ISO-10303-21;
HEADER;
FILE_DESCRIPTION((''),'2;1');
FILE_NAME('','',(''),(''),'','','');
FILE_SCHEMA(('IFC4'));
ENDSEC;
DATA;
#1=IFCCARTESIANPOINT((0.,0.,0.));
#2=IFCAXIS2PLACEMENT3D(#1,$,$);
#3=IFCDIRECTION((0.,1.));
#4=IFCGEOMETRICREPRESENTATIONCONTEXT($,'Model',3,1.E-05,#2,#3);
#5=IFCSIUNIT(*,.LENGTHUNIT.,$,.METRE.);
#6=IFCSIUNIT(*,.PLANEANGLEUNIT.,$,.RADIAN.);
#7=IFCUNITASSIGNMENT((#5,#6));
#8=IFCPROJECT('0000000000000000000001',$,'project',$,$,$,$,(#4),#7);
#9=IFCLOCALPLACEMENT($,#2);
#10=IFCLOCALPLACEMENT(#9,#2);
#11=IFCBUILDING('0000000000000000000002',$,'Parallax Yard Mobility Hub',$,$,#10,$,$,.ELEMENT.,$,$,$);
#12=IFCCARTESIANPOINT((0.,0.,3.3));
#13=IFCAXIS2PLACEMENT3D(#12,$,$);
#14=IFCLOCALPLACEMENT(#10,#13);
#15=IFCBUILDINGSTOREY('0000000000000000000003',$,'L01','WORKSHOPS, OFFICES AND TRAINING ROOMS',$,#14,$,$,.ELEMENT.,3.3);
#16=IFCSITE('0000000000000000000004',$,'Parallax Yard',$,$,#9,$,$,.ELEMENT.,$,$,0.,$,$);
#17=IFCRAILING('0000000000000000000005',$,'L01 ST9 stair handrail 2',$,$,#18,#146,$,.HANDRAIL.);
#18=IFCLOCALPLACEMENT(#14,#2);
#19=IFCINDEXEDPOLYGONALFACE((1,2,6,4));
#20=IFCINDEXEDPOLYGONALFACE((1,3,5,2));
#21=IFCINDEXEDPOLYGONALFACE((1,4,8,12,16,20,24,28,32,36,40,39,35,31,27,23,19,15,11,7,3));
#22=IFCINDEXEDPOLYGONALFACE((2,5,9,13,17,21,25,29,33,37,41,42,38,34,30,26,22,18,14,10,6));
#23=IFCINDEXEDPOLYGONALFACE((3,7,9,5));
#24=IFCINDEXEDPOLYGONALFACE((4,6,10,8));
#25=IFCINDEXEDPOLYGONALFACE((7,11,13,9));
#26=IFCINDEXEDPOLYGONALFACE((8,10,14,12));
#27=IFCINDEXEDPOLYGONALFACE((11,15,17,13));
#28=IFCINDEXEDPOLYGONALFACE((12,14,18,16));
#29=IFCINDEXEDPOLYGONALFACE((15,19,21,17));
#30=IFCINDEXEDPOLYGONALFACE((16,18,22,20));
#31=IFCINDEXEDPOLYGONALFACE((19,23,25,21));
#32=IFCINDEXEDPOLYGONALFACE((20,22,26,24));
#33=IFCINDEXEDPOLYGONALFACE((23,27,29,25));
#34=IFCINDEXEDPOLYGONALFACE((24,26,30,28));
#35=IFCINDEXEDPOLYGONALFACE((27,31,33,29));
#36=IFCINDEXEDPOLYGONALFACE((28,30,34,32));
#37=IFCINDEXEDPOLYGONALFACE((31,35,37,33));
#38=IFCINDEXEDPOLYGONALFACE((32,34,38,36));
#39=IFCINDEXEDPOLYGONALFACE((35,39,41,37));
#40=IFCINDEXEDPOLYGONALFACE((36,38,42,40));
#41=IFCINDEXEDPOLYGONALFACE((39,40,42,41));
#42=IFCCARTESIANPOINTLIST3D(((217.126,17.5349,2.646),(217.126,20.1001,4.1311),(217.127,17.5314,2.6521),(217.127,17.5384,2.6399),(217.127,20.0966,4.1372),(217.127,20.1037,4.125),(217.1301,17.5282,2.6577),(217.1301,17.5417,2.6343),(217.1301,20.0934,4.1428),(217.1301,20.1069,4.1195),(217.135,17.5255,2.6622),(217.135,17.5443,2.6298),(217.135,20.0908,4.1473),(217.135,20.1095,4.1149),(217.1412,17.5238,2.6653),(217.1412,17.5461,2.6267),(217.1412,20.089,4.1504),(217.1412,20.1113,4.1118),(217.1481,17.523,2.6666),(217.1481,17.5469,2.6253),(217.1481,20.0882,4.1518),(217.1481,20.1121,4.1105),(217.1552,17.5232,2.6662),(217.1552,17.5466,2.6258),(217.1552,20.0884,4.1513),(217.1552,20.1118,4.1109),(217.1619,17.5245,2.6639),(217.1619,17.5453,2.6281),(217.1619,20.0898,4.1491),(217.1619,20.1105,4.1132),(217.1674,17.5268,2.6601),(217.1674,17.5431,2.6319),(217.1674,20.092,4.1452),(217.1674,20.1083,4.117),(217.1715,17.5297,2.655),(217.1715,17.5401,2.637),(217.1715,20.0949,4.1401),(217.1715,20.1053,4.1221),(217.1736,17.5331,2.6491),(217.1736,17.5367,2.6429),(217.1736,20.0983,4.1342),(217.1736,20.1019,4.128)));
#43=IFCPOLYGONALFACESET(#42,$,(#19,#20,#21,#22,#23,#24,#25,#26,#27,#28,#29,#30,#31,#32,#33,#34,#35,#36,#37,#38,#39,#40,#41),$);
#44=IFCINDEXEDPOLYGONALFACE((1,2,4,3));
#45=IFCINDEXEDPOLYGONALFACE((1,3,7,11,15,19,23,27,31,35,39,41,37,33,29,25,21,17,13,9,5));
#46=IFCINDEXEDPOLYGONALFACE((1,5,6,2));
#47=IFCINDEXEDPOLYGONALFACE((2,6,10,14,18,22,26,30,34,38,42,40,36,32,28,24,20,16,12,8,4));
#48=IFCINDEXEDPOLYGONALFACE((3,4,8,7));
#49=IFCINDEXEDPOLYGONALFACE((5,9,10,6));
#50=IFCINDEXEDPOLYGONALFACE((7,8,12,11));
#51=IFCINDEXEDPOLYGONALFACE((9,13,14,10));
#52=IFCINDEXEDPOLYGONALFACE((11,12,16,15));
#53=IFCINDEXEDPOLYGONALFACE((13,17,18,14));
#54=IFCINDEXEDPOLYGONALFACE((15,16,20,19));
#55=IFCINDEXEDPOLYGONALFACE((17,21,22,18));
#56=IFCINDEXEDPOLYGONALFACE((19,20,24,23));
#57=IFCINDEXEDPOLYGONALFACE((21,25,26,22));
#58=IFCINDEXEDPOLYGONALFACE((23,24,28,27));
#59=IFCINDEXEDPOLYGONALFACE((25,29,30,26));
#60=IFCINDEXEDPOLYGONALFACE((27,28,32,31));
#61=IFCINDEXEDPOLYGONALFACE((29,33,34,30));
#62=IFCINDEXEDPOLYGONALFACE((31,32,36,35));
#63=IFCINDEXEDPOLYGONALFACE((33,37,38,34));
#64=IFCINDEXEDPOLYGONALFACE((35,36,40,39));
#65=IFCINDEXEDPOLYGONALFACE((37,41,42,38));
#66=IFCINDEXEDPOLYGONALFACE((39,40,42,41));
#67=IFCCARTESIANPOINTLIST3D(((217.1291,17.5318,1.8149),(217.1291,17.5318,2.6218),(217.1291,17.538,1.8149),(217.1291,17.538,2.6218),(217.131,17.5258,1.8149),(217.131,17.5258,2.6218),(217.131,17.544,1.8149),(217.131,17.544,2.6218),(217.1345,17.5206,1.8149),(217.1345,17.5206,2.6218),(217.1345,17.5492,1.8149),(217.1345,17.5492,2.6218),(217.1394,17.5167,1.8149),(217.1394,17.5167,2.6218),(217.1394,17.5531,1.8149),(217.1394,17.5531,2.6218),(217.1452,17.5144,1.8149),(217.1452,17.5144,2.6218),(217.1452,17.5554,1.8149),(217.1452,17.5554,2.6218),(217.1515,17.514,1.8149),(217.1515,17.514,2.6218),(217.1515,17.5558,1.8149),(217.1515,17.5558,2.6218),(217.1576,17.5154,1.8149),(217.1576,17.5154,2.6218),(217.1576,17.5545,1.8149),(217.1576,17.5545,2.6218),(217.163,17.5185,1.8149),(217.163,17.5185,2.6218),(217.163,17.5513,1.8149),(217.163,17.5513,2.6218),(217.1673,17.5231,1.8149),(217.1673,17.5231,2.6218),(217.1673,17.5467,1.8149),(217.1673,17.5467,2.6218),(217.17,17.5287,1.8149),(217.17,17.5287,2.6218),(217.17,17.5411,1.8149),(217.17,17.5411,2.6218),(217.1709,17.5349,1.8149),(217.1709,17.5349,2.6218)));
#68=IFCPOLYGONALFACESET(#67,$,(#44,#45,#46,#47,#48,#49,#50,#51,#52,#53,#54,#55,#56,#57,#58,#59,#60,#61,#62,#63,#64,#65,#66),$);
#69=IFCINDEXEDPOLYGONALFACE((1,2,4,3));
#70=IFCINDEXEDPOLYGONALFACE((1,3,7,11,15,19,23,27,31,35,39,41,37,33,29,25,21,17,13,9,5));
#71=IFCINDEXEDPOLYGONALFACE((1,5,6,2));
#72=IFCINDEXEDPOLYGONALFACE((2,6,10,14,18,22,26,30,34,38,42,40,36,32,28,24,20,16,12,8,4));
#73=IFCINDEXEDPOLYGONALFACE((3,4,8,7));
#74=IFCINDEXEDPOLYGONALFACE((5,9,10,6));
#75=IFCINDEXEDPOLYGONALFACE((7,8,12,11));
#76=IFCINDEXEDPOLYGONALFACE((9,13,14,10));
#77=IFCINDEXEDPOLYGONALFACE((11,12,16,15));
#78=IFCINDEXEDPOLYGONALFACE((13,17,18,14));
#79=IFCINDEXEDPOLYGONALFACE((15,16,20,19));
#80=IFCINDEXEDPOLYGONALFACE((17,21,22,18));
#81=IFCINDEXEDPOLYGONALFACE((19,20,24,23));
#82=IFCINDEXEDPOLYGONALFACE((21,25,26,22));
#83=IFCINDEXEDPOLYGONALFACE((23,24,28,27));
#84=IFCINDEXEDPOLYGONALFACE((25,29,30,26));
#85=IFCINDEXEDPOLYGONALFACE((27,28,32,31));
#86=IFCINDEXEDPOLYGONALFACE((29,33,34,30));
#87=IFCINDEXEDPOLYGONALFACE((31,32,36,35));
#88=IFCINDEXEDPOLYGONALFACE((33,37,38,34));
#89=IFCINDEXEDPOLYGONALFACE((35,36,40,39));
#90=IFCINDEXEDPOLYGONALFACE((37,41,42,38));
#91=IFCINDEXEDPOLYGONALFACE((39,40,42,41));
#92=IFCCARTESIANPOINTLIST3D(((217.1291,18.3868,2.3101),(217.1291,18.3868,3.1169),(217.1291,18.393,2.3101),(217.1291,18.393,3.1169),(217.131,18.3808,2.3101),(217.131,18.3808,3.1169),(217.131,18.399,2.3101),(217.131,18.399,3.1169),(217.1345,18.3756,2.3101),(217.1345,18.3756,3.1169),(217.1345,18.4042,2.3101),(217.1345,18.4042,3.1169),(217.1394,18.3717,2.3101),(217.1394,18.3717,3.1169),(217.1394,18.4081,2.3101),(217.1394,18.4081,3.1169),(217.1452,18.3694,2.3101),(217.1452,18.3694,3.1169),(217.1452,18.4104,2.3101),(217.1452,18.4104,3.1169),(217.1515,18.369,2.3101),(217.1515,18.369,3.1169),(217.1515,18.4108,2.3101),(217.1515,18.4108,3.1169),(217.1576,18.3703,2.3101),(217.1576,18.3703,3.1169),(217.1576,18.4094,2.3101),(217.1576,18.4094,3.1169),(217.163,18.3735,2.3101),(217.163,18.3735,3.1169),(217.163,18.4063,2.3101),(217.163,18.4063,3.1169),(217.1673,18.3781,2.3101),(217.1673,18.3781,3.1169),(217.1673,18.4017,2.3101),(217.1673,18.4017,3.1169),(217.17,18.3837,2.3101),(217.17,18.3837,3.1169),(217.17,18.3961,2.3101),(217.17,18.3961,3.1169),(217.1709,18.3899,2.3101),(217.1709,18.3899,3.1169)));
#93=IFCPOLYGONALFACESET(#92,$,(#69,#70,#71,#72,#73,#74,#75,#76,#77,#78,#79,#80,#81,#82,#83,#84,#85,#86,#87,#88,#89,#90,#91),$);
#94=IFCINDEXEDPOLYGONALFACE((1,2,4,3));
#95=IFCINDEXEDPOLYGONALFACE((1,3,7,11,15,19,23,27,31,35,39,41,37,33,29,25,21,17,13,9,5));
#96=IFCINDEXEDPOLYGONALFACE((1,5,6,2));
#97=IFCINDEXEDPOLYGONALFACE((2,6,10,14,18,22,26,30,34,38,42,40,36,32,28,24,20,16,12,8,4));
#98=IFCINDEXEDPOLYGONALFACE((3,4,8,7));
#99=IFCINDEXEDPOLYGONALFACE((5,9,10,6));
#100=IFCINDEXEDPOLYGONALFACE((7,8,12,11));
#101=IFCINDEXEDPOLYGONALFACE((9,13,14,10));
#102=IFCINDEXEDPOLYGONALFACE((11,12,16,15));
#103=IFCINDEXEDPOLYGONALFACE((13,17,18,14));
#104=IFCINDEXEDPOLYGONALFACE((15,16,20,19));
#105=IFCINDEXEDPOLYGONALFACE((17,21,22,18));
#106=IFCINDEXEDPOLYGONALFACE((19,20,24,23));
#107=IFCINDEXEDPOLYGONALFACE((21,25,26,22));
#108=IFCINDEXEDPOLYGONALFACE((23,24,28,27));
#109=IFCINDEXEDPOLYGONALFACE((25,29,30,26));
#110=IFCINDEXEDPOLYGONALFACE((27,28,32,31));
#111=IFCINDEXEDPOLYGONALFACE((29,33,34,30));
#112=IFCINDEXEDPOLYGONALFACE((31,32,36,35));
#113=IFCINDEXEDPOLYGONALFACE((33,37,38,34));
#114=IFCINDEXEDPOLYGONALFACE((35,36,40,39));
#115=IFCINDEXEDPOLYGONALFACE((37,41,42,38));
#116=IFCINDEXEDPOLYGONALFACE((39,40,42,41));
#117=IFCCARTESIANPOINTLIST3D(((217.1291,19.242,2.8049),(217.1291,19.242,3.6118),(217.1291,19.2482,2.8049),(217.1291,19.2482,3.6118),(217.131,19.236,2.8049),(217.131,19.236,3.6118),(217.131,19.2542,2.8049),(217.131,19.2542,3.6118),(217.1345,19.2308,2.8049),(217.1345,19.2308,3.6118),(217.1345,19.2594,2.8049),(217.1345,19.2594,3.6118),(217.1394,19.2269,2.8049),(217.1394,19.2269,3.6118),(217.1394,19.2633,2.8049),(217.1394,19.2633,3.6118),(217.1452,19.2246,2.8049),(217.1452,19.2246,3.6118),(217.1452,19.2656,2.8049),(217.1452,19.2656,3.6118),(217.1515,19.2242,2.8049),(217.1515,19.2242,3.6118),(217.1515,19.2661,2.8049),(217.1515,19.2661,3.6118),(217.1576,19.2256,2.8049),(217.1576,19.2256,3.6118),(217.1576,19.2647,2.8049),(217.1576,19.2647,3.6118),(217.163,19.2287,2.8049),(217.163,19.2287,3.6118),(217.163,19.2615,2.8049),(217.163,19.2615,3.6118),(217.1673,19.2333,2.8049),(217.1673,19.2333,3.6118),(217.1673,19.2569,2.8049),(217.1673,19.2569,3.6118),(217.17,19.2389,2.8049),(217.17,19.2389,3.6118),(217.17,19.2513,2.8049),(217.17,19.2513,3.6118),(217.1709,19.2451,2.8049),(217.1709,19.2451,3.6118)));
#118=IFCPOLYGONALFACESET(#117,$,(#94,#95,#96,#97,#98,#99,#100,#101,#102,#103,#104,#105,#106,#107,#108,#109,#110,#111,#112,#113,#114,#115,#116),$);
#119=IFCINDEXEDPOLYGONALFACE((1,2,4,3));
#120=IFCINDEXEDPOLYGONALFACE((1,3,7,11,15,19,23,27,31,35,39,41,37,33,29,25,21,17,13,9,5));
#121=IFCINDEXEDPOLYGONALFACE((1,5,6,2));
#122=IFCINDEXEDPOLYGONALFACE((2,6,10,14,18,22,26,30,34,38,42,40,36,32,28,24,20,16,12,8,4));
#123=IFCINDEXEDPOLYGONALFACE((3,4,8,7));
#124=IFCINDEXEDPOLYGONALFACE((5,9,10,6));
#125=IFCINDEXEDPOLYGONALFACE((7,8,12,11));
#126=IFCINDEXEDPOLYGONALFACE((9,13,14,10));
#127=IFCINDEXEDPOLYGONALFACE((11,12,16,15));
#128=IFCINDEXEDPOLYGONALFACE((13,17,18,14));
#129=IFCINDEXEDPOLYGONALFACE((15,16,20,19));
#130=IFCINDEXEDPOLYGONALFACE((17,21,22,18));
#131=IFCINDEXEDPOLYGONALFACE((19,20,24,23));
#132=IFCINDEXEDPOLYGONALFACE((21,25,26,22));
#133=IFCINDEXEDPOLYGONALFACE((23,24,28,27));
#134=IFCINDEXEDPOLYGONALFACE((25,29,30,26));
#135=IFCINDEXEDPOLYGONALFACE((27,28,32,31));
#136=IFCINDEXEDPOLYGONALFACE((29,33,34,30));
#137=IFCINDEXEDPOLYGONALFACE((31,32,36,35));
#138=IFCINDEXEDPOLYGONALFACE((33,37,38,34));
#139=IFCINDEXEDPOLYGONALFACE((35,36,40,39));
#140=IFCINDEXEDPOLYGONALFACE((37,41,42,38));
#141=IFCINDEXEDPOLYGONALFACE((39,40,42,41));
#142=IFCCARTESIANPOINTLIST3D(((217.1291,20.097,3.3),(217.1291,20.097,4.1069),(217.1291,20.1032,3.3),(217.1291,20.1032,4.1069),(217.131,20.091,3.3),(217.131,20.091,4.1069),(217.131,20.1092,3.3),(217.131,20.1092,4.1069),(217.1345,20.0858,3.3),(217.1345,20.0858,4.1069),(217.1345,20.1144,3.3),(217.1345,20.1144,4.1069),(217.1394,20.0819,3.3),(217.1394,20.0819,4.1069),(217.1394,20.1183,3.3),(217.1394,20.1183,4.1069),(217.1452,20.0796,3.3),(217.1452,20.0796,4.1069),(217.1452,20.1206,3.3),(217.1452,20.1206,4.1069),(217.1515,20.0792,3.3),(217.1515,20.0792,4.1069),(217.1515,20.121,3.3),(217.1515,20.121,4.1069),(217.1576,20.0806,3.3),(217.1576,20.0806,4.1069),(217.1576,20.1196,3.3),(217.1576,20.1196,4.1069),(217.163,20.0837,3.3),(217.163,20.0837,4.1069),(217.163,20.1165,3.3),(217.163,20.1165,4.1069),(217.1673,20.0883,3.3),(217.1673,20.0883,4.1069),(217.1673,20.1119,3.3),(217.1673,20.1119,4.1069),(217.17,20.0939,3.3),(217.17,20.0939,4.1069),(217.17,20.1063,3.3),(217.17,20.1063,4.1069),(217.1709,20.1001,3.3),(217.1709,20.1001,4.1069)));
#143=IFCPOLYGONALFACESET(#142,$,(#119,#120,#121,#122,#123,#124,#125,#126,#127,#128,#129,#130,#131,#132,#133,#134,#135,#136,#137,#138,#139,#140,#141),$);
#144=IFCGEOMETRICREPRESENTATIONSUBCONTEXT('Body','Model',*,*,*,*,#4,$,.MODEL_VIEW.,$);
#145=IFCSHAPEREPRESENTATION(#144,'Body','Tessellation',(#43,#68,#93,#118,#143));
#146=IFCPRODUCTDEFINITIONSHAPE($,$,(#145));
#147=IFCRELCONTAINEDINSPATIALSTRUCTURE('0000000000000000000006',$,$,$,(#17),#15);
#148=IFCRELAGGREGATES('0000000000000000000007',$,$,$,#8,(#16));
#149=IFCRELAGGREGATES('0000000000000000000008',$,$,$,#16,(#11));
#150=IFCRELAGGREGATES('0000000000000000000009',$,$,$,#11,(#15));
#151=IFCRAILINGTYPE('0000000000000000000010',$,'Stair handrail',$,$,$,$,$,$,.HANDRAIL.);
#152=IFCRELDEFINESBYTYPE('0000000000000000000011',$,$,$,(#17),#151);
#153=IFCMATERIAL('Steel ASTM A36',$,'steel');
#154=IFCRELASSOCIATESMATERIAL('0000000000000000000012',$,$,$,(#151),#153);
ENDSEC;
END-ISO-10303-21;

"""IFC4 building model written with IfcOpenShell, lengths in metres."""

from ifc_helpers import new_model, si_unit, direction, frame, origin, origin_2d, place, context, subcontext, project, spatial, circle, extrude, material, type_object, element, save


model = new_model("IFC4")

# Units and contexts
model_context = context("Model", 3, precision=1e-05, world=origin(), true_north=direction((0.0, 1.0)))
body_context = subcontext(model_context, "Body", "Model", "MODEL_VIEW")
ifc_project = project(units=[si_unit("LENGTHUNIT", "METRE"), si_unit("PLANEANGLEUNIT", "RADIAN")], contexts=[model_context])

# Site, building, storey
site_placement = place(None, origin())
site = spatial("IfcSite", under=ifc_project, at=site_placement, Name="Parallax Yard", CompositionType="ELEMENT", RefElevation=0.0)
building_placement = place(site_placement, origin())
building = spatial("IfcBuilding", under=site, at=building_placement, Name="Parallax Yard Mobility Hub", CompositionType="ELEMENT")
storey_placement = place(building_placement, frame((0.0, 0.0, 3.3)))
storey = spatial("IfcBuildingStorey", under=building, at=storey_placement, Name="L01", Description="WORKSHOPS, OFFICES AND TRAINING ROOMS", CompositionType="ELEMENT", Elevation=3.3)

# Railing
ifc_material_1 = material(Name="Steel ASTM A36", Category="steel")
railing_type_1 = type_object("IfcRailingType", Name="Stair handrail", PredefinedType="HANDRAIL", material=ifc_material_1)
railing_1_placement = place(storey_placement, frame((217.1499, 17.5349, 1.8149)))
element("IfcRailing", 1, at=railing_1_placement, inside=storey, type_object=railing_type_1, Name="L01 ST9 stair handrail 2", PredefinedType="HANDRAIL", context=body_context, shape_type="SweptSolid", body=[
    extrude(circle(Radius=0.0239, at=origin_2d()), frame((0.0, 0.0, 0.8311), z_axis=(0.0, 0.865426, 0.501036), x_axis=(-1.0, 0.0, 0.0)), (0.0, 0.0, 1.0), 2.9641),
    extrude(circle(Radius=0.021, at=origin_2d()), origin(), (0.0, 0.0, 1.0), 0.8069),
    extrude(circle(Radius=0.021, at=origin_2d()), frame((0.0, 0.855, 0.4951)), (0.0, 0.0, 1.0), 0.8069),
    extrude(circle(Radius=0.021, at=origin_2d()), frame((0.0, 1.7102, 0.99)), (0.0, 0.0, 1.0), 0.8069),
    extrude(circle(Radius=0.021, at=origin_2d()), frame((0.0, 2.5652, 1.4851)), (0.0, 0.0, 1.0), 0.8069),
])

save(model, "model.ifc")
